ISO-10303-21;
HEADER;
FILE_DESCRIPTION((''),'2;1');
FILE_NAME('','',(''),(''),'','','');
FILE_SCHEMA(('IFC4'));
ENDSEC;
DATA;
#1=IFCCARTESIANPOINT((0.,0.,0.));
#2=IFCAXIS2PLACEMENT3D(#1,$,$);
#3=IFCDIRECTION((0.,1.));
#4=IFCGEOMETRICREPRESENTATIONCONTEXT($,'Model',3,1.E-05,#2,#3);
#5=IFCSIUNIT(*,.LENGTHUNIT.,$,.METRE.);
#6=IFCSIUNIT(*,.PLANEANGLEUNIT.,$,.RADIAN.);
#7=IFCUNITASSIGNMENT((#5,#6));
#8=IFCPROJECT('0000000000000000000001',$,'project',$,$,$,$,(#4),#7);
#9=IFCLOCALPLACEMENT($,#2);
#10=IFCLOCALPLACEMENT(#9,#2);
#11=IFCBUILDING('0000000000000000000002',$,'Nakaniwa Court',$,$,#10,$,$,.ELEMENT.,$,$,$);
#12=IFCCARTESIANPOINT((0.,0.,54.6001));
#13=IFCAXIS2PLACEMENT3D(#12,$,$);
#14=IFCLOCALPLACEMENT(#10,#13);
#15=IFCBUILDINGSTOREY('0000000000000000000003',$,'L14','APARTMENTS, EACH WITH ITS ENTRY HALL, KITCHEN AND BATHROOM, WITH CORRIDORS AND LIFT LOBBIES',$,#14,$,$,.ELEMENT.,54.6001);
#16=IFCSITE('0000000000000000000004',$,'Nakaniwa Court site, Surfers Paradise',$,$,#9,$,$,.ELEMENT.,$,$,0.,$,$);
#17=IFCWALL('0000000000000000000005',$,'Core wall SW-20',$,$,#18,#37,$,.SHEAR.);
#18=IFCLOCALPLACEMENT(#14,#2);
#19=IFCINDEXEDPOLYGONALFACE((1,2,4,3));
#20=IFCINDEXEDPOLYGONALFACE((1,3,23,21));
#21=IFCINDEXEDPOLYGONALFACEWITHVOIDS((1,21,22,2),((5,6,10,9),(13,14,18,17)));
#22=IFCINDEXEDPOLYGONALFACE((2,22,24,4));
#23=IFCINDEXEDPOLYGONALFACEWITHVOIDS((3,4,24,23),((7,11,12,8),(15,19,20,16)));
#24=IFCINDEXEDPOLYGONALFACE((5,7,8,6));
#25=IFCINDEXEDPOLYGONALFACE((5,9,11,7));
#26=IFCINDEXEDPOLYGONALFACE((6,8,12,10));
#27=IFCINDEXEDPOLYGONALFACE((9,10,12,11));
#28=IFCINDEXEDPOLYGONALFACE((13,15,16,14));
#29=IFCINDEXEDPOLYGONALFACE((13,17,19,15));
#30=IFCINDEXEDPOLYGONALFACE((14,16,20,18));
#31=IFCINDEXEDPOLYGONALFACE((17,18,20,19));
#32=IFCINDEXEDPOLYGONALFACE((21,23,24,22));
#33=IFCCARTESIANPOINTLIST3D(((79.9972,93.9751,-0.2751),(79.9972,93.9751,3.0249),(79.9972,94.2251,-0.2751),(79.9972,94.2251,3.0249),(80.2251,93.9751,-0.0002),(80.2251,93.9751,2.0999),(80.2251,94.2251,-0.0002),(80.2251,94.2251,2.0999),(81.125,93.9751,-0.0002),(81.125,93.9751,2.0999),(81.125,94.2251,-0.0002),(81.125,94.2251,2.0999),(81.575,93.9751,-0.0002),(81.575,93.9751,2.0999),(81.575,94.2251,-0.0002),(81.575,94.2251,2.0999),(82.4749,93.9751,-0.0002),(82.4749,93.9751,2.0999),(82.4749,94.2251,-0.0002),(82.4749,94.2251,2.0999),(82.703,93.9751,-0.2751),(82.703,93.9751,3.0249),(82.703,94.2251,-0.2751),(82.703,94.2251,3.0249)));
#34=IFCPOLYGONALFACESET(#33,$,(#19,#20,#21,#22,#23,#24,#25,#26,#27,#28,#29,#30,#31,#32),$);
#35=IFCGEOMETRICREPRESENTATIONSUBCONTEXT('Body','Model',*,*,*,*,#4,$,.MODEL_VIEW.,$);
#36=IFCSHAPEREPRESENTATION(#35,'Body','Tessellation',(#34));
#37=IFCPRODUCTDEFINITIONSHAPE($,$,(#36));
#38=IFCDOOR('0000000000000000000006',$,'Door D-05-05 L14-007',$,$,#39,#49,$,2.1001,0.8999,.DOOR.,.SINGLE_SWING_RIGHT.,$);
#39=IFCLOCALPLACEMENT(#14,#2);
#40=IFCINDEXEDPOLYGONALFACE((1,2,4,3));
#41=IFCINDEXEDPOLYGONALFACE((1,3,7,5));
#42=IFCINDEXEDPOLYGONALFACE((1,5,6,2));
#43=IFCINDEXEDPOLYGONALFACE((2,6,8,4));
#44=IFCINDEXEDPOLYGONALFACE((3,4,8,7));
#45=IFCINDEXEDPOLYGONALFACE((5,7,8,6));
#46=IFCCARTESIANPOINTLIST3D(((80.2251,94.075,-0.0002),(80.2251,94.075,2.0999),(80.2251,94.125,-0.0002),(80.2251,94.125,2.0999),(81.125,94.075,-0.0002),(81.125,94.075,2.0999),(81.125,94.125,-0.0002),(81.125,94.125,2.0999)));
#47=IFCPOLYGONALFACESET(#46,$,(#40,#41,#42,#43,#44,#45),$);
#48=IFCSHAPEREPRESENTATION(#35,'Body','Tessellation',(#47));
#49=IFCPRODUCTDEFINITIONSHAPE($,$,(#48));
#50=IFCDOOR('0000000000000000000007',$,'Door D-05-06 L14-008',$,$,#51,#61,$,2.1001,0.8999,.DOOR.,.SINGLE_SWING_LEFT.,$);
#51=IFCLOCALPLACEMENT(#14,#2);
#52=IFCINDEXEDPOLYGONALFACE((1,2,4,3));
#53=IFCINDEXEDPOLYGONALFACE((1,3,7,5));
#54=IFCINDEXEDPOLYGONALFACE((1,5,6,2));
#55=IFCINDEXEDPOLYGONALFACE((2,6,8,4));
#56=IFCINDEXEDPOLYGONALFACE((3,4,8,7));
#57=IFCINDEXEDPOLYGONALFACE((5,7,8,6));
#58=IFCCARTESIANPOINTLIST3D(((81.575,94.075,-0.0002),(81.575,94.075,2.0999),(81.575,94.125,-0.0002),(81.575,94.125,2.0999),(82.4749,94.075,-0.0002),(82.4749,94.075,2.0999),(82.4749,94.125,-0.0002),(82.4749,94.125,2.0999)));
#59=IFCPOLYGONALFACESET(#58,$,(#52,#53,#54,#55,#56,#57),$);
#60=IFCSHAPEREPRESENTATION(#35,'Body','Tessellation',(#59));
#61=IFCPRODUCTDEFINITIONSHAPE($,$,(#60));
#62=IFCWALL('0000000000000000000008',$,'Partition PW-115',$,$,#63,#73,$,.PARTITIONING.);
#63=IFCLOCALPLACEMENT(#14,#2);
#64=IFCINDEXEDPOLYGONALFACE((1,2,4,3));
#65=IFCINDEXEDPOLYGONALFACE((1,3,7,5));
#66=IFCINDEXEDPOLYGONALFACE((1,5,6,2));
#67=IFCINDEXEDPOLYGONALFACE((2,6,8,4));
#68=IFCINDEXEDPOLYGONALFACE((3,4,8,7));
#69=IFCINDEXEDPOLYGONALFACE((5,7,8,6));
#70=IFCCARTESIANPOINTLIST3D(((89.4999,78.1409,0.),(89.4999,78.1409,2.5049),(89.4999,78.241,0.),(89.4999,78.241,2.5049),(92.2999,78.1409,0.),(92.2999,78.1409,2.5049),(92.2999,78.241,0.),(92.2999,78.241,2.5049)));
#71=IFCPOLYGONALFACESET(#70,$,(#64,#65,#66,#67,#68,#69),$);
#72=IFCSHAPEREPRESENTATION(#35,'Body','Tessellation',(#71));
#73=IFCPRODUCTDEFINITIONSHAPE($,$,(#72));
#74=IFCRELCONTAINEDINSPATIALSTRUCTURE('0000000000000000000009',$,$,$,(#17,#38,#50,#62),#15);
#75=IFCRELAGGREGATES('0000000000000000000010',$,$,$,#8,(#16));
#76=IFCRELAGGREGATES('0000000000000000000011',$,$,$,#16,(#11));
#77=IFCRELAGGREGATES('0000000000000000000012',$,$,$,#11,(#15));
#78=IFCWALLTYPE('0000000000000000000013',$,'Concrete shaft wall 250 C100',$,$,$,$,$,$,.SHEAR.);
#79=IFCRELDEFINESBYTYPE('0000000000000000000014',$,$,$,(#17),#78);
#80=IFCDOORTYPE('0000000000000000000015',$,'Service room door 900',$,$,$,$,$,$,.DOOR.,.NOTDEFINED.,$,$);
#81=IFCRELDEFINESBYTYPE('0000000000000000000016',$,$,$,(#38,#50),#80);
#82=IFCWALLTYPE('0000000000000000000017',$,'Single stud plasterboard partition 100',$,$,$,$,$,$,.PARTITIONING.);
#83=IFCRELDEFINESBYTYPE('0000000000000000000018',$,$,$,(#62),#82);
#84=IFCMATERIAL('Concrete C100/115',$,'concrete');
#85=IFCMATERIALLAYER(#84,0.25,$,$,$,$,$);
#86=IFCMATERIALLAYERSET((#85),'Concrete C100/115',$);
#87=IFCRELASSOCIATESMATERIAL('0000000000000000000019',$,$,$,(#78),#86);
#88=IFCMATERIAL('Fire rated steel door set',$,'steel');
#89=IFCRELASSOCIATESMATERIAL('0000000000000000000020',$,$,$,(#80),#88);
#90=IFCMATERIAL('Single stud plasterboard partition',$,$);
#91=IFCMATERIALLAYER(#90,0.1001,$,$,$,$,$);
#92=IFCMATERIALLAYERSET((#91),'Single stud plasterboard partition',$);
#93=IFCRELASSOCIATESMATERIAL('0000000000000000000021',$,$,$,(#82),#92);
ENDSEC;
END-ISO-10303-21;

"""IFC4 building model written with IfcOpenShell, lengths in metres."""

from ifc_helpers import new_model, si_unit, direction, frame, frame_2d, origin, place, context, subcontext, project, spatial, rectangle, extrude, material, layer, layer_set, type_object, element, fill, save


model = new_model("IFC4")

# Units and contexts
model_context = context("Model", 3, precision=1e-05, world=origin(), true_north=direction((0.0, 1.0)))
body_context = subcontext(model_context, "Body", "Model", "MODEL_VIEW")
ifc_project = project(units=[si_unit("LENGTHUNIT", "METRE"), si_unit("PLANEANGLEUNIT", "RADIAN")], contexts=[model_context])

# Site, building, storey
site_placement = place(None, origin())
site = spatial("IfcSite", under=ifc_project, at=site_placement, Name="Nakaniwa Court site, Surfers Paradise", CompositionType="ELEMENT", RefElevation=0.0)
building_placement = place(site_placement, origin())
building = spatial("IfcBuilding", under=site, at=building_placement, Name="Nakaniwa Court", CompositionType="ELEMENT")
storey_placement = place(building_placement, frame((0.0, 0.0, 54.6001)))
storey = spatial("IfcBuildingStorey", under=building, at=storey_placement, Name="L14", Description="APARTMENTS, EACH WITH ITS ENTRY HALL, KITCHEN AND BATHROOM, WITH CORRIDORS AND LIFT LOBBIES", CompositionType="ELEMENT", Elevation=54.6001)

# Shared definitions
ifc_material_1 = material(Name="Concrete C100/115", Category="concrete")

# Shared definitions
ifc_layer_1 = layer(ifc_material_1, 0.25)
ifc_layer_set_1 = layer_set([ifc_layer_1], Name="Concrete C100/115")
wall_type_1 = type_object("IfcWallType", Name="Concrete shaft wall 250 C100", PredefinedType="SHEAR", material=ifc_layer_set_1)

# Shared definitions
ifc_material_2 = material(Name="Fire rated steel door set", Category="steel")
door_type_1 = type_object("IfcDoorType", Name="Service room door 900", OperationType="NOTDEFINED", PredefinedType="DOOR", material=ifc_material_2)

# Wall, openings, doors
wall_1_placement = place(storey_placement, frame((79.9971, 94.1001, -0.2751), z_axis=(0.0, 0.0, 1.0), x_axis=(1.0, 0.0, 0.0)))
wall_1 = element("IfcWall", 1, at=wall_1_placement, inside=storey, type_object=wall_type_1, Name="Core wall SW-20", PredefinedType="SHEAR", context=body_context, shape_type="SweptSolid", body=[
    extrude(rectangle(XDim=2.7058, YDim=0.25, at=frame_2d((1.353, 0.0))), origin(), (0.0, 0.0, 1.0), 3.3),
])
opening_1_placement = place(wall_1_placement, frame((0.228, 0.0, 0.2749)))
opening_1 = element("IfcOpeningElement", 2, at=opening_1_placement, cuts=wall_1, PredefinedType="OPENING", context=body_context, shape_type="SweptSolid", body=[
    extrude(rectangle(XDim=0.8999, YDim=2.1001, at=frame_2d((0.45, 1.05))), frame((0.0, 0.135, 0.0), z_axis=(0.0, -1.0, 0.0), x_axis=(1.0, 0.0, 0.0)), (0.0, 0.0, 1.0), 0.27),
])
opening_2_placement = place(wall_1_placement, frame((1.5779, 0.0, 0.2749)))
opening_2 = element("IfcOpeningElement", 3, at=opening_2_placement, cuts=wall_1, PredefinedType="OPENING", context=body_context, shape_type="SweptSolid", body=[
    extrude(rectangle(XDim=0.8999, YDim=2.1001, at=frame_2d((0.45, 1.05))), frame((0.0, 0.135, 0.0), z_axis=(0.0, -1.0, 0.0), x_axis=(1.0, 0.0, 0.0)), (0.0, 0.0, 1.0), 0.27),
])
door_1_placement = place(opening_1_placement, origin())
door_1 = element("IfcDoor", 4, at=door_1_placement, inside=storey, type_object=door_type_1, Name="Door D-05-05 L14-007", OperationType="SINGLE_SWING_RIGHT", OverallHeight=2.1001, OverallWidth=0.8999, PredefinedType="DOOR", context=body_context, shape_type="SweptSolid", body=[
    extrude(rectangle(XDim=0.8999, YDim=2.1001, at=frame_2d((0.45, 1.05))), frame((0.0, 0.0249, 0.0), z_axis=(0.0, -1.0, 0.0), x_axis=(1.0, 0.0, 0.0)), (0.0, 0.0, 1.0), 0.05),
])
fill(opening_1, door_1)
door_2_placement = place(opening_2_placement, origin())
door_2 = element("IfcDoor", 5, at=door_2_placement, inside=storey, type_object=door_type_1, Name="Door D-05-06 L14-008", OperationType="SINGLE_SWING_LEFT", OverallHeight=2.1001, OverallWidth=0.8999, PredefinedType="DOOR", context=body_context, shape_type="SweptSolid", body=[
    extrude(rectangle(XDim=0.8999, YDim=2.1001, at=frame_2d((0.45, 1.05))), frame((0.0, 0.0249, 0.0), z_axis=(0.0, -1.0, 0.0), x_axis=(1.0, 0.0, 0.0)), (0.0, 0.0, 1.0), 0.05),
])
fill(opening_2, door_2)

# Wall
ifc_material_3 = material(Name="Single stud plasterboard partition")
ifc_layer_2 = layer(ifc_material_3, 0.1001)
ifc_layer_set_2 = layer_set([ifc_layer_2], Name="Single stud plasterboard partition")
wall_type_2 = type_object("IfcWallType", Name="Single stud plasterboard partition 100", PredefinedType="PARTITIONING", material=ifc_layer_set_2)
wall_2_placement = place(storey_placement, frame((89.5, 78.1909, 0.0), z_axis=(0.0, 0.0, 1.0), x_axis=(1.0, 0.0, 0.0)))
element("IfcWall", 6, at=wall_2_placement, inside=storey, type_object=wall_type_2, Name="Partition PW-115", PredefinedType="PARTITIONING", context=body_context, shape_type="SweptSolid", body=[
    extrude(rectangle(XDim=2.8, YDim=0.1001, at=frame_2d((1.3999, 0.0))), origin(), (0.0, 0.0, 1.0), 2.5049),
])

save(model, "model.ifc")
